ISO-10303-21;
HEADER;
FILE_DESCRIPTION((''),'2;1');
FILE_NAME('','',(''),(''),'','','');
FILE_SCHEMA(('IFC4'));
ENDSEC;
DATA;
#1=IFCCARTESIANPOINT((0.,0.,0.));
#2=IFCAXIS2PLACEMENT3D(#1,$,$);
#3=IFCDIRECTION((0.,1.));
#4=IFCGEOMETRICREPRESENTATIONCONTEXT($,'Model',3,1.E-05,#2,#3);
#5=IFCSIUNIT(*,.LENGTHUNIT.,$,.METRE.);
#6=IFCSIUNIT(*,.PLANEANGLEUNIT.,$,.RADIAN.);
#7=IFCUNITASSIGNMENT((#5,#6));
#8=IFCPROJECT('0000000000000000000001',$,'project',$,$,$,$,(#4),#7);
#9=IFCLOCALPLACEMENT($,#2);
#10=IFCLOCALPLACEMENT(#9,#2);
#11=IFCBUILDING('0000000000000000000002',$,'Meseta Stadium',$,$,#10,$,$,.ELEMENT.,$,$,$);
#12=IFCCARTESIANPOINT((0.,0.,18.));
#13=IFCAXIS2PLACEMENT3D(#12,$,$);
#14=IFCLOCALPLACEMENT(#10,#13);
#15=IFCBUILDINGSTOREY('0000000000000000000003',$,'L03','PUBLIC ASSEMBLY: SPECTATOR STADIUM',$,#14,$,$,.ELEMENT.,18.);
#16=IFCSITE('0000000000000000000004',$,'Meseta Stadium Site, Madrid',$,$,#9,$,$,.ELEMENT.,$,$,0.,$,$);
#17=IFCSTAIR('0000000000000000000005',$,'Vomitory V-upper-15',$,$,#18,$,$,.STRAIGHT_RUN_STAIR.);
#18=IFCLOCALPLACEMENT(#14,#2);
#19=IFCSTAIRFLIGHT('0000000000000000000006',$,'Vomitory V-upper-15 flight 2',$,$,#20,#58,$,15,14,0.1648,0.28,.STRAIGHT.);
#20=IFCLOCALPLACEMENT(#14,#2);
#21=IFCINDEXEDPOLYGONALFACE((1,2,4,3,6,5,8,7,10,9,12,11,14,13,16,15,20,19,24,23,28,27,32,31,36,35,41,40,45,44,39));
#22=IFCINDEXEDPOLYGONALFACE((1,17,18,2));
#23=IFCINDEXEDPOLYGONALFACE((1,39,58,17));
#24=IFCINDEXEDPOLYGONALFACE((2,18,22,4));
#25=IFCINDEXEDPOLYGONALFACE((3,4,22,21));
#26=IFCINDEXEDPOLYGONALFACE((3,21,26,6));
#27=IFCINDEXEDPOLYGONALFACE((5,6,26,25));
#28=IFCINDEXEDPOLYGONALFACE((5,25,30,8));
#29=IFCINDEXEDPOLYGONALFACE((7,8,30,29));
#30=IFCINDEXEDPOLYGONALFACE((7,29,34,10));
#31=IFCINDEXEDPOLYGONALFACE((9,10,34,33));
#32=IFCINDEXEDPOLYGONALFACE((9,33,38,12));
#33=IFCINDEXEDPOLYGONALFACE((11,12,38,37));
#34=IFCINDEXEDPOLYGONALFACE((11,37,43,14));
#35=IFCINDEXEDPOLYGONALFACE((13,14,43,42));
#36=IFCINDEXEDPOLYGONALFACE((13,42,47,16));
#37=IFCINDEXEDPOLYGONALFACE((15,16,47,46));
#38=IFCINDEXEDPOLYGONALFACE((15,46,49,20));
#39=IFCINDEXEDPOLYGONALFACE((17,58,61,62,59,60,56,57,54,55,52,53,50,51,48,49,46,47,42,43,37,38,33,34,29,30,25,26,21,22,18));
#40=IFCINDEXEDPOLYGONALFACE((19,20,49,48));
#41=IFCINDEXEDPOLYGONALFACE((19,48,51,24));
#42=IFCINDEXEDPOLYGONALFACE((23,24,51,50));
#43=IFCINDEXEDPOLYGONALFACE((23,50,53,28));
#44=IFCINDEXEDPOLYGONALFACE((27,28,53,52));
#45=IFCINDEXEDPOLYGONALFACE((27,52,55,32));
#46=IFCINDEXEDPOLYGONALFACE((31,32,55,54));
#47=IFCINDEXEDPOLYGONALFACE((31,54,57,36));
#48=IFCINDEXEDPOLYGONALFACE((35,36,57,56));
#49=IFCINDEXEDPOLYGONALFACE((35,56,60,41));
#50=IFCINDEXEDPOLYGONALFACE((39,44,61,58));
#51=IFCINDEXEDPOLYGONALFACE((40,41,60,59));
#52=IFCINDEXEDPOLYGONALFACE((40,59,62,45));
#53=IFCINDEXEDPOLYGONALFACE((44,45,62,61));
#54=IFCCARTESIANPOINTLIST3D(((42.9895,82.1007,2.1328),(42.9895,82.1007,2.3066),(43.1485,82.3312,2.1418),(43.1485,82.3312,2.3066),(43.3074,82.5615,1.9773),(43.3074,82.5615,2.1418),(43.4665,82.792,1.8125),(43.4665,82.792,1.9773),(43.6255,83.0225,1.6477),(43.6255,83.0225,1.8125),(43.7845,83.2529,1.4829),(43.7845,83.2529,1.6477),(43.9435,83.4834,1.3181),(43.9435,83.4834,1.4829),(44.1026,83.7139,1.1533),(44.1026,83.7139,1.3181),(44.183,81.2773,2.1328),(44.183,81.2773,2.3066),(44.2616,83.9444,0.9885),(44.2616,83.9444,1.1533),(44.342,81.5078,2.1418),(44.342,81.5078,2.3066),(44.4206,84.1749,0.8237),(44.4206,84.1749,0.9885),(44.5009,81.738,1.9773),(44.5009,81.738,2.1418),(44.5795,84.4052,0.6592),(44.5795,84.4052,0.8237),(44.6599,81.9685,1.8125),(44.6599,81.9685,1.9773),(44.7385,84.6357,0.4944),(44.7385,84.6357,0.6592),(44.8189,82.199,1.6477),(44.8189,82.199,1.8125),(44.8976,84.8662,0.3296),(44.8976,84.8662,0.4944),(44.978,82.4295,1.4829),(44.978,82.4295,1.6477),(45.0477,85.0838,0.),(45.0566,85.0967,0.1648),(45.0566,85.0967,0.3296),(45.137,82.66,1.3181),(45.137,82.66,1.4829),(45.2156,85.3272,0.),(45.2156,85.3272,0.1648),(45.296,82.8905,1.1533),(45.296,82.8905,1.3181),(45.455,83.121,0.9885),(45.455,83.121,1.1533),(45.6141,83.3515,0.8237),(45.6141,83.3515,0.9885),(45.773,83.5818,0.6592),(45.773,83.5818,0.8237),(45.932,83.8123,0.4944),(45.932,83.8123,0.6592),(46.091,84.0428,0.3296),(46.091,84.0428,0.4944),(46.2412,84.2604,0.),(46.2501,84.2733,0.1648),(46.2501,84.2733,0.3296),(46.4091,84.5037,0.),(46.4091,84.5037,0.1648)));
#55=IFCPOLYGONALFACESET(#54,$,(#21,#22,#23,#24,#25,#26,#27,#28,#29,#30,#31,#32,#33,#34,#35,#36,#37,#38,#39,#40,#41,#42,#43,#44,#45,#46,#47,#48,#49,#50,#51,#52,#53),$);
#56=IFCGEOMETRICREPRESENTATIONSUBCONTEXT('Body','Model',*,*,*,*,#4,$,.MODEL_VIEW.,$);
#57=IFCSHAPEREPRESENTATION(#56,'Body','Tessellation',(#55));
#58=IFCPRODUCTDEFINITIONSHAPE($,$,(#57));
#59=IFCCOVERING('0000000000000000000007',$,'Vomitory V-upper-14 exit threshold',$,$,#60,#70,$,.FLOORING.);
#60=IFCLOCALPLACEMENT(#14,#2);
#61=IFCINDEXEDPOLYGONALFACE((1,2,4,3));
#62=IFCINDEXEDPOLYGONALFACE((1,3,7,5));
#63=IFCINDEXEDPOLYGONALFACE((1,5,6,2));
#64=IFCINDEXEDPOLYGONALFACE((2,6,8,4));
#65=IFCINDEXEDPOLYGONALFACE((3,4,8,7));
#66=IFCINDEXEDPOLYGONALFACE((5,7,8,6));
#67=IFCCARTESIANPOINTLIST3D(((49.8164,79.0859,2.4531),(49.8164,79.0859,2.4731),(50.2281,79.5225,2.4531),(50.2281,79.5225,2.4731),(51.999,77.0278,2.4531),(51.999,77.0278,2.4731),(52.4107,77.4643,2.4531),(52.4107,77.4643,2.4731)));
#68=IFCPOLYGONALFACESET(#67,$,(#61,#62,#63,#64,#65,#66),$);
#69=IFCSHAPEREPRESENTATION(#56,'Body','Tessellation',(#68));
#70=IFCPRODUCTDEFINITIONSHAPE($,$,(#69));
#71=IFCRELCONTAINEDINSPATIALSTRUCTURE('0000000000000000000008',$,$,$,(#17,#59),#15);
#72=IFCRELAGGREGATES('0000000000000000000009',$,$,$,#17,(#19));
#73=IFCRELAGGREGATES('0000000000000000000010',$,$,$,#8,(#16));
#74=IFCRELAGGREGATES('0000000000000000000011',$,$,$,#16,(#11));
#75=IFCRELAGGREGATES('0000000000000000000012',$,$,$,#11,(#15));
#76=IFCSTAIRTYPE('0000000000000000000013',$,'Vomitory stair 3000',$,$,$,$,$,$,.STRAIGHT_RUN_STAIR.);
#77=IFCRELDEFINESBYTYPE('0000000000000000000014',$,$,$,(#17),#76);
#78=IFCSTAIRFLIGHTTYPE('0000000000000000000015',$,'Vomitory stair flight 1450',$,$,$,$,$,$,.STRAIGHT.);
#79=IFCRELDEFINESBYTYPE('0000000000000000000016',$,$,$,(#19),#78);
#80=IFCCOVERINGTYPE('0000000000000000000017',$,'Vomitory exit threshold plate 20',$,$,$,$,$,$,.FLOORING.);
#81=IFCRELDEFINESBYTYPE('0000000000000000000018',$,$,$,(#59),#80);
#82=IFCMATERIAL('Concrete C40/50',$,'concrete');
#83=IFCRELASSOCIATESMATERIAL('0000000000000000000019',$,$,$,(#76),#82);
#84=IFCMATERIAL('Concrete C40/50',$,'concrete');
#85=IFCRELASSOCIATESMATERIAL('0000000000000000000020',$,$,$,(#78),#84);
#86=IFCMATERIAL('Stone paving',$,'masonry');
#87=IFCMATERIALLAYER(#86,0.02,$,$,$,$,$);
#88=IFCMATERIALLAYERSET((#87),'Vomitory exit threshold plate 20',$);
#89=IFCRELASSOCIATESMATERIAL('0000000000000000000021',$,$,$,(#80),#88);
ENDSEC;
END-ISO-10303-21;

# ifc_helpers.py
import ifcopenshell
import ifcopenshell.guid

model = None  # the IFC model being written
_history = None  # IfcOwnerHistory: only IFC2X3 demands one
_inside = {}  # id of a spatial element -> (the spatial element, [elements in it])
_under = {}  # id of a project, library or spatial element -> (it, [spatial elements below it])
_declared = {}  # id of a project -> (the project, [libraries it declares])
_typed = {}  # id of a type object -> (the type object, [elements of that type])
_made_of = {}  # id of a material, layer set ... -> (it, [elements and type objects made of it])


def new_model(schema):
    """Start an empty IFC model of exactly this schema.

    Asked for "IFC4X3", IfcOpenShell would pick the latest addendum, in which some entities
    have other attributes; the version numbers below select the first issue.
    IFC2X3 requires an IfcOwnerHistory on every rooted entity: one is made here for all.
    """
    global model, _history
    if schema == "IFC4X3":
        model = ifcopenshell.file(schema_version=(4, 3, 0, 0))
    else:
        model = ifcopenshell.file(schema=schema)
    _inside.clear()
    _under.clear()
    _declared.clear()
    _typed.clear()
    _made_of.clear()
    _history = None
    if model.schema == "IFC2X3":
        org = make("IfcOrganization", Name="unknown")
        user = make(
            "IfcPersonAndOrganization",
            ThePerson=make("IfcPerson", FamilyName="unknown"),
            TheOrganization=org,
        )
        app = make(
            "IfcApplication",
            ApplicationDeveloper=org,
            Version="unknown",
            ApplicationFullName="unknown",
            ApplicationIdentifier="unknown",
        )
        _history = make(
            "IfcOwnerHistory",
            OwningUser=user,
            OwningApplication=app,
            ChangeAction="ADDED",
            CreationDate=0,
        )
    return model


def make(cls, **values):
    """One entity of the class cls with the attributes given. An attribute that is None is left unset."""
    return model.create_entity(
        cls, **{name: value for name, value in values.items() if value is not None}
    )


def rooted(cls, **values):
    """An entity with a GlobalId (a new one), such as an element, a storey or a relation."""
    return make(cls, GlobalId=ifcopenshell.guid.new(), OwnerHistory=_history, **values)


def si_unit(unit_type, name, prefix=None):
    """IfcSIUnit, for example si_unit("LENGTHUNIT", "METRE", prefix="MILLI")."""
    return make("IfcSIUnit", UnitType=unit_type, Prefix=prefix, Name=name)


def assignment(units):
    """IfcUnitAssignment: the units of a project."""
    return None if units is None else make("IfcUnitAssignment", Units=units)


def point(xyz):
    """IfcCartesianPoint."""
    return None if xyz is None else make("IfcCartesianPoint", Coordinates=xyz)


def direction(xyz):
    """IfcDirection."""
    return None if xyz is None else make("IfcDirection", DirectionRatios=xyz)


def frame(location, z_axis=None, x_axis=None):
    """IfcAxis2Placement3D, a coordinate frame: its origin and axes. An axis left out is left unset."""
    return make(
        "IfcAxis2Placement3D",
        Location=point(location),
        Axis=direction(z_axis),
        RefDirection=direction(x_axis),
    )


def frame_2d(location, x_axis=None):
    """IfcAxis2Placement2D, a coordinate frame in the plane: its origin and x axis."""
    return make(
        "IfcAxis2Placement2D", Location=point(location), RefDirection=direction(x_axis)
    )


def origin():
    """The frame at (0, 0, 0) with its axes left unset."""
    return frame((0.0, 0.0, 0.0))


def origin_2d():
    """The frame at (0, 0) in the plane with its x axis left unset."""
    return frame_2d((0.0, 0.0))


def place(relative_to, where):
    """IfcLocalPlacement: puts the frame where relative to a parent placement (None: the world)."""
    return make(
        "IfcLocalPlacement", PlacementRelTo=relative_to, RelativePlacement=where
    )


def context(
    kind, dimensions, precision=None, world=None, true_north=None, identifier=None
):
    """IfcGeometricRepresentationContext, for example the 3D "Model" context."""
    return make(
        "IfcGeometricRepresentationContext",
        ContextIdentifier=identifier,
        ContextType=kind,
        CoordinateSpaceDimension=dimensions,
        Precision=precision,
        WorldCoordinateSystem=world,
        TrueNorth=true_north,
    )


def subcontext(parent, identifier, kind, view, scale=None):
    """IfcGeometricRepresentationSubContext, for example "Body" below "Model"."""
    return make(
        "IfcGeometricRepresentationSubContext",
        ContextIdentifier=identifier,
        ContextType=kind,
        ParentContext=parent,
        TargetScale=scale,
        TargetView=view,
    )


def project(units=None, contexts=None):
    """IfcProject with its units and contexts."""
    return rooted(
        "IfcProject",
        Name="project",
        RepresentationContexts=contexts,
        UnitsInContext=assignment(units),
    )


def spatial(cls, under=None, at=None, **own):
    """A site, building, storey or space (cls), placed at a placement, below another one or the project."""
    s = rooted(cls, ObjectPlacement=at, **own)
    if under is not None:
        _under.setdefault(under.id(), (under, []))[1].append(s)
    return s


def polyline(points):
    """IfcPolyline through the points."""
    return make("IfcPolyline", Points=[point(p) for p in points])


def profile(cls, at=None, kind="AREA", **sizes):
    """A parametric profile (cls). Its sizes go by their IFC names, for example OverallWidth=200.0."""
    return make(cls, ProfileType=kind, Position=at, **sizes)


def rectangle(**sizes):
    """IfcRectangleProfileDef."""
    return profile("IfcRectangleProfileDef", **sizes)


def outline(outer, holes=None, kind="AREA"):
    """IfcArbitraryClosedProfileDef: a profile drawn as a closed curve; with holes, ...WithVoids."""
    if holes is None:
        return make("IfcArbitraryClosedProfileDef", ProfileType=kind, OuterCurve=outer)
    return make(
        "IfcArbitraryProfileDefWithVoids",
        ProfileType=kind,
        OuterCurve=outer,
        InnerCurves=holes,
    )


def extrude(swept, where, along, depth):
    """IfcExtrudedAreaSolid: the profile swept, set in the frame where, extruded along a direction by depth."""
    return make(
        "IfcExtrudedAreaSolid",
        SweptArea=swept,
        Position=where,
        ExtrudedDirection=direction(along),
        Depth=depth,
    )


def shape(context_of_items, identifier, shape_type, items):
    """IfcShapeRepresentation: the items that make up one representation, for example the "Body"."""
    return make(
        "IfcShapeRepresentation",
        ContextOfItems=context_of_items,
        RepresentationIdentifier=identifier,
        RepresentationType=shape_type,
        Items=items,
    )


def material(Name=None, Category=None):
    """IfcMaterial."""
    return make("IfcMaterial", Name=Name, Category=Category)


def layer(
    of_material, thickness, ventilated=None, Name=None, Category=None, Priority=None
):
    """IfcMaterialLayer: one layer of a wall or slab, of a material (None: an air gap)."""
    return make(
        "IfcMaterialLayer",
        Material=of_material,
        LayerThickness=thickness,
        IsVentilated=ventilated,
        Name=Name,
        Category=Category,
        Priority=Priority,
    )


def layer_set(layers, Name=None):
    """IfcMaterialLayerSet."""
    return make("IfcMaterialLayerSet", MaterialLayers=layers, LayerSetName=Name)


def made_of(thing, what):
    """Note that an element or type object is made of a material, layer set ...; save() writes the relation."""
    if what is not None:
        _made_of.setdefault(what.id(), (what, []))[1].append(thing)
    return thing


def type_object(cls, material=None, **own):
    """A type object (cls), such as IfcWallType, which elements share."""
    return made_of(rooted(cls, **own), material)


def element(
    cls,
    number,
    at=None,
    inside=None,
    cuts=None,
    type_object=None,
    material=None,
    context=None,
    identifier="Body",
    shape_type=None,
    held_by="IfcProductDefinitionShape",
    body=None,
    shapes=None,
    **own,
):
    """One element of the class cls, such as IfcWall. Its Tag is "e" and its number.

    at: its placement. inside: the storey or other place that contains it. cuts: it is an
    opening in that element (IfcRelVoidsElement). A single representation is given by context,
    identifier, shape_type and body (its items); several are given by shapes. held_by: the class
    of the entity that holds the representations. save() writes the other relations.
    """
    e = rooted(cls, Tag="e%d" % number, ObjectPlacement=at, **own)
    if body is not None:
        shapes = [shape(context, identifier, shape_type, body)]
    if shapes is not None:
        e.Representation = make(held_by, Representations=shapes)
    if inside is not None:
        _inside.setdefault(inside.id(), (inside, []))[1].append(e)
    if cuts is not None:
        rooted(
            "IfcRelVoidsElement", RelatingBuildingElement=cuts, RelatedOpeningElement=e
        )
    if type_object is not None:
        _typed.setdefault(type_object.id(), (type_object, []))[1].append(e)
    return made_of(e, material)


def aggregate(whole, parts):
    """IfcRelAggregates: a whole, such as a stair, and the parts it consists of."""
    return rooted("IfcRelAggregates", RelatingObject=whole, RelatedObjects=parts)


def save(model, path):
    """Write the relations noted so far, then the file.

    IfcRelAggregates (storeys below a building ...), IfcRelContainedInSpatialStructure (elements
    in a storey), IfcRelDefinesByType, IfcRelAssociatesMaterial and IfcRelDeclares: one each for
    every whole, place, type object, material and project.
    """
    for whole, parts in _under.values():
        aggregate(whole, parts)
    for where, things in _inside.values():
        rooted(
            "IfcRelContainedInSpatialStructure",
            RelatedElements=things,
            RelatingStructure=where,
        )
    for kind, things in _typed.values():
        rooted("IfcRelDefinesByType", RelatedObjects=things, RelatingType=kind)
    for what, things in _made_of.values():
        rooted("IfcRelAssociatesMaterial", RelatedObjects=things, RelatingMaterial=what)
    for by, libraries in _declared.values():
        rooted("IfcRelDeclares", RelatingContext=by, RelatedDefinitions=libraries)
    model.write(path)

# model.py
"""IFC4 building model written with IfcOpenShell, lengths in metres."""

from ifc_helpers import new_model, si_unit, direction, frame, origin, origin_2d, place, context, subcontext, project, spatial, polyline, rectangle, outline, extrude, material, layer, layer_set, type_object, element, aggregate, save


model = new_model("IFC4")

# Units and contexts
model_context = context("Model", 3, precision=1e-05, world=origin(), true_north=direction((0.0, 1.0)))
body_context = subcontext(model_context, "Body", "Model", "MODEL_VIEW")
ifc_project = project(units=[si_unit("LENGTHUNIT", "METRE"), si_unit("PLANEANGLEUNIT", "RADIAN")], contexts=[model_context])

# Site, building, storey
site_placement = place(None, origin())
site = spatial("IfcSite", under=ifc_project, at=site_placement, Name="Meseta Stadium Site, Madrid", CompositionType="ELEMENT", RefElevation=0.0)
building_placement = place(site_placement, origin())
building = spatial("IfcBuilding", under=site, at=building_placement, Name="Meseta Stadium", CompositionType="ELEMENT")
storey_placement = place(building_placement, frame((0.0, 0.0, 18.0)))
storey = spatial("IfcBuildingStorey", under=building, at=storey_placement, Name="L03", Description="PUBLIC ASSEMBLY: SPECTATOR STADIUM", CompositionType="ELEMENT", Elevation=18.0)

# Stair, stair flight
ifc_material_1 = material(Name="Concrete C40/50", Category="concrete")
stair_type = type_object("IfcStairType", Name="Vomitory stair 3000", PredefinedType="STRAIGHT_RUN_STAIR", material=ifc_material_1)
ifc_material_2 = material(Name="Concrete C40/50", Category="concrete")
stair_flight_type = type_object("IfcStairFlightType", Name="Vomitory stair flight 1450", PredefinedType="STRAIGHT", material=ifc_material_2)
stair_1_placement = place(storey_placement, origin())
stair_1 = element("IfcStair", 1, at=stair_1_placement, inside=storey, type_object=stair_type, Name="Vomitory V-upper-15", PredefinedType="STRAIGHT_RUN_STAIR")
stair_flight_1_placement = place(storey_placement, frame((45.8123, 84.9155, 0.0), z_axis=(0.0, 0.0, 1.0), x_axis=(-0.5679, -0.823098, 0.0)))
stair_flight_1 = element("IfcStairFlight", 2, at=stair_flight_1_placement, type_object=stair_flight_type, Name="Vomitory V-upper-15 flight 2", NumberOfRisers=15, NumberOfTreads=14, PredefinedType="STRAIGHT", RiserHeight=0.1648, TreadLength=0.28, context=body_context, shape_type="SweptSolid", body=[
    extrude(outline(polyline([(0.0, 0.0), (0.0, 0.1648), (0.28, 0.1648), (0.28, 0.3296), (0.5601, 0.3296), (0.5601, 0.4944), (0.8401, 0.4944), (0.8401, 0.6592), (1.1201, 0.6592), (1.1201, 0.8237), (1.3999, 0.8237), (1.3999, 0.9885), (1.6799, 0.9885), (1.6799, 1.1533), (1.96, 1.1533), (1.96, 1.3181), (2.24, 1.3181), (2.24, 1.4829), (2.52, 1.4829), (2.52, 1.6477), (2.8, 1.6477), (2.8, 1.8125), (3.0801, 1.8125), (3.0801, 1.9773), (3.3601, 1.9773), (3.3601, 2.1418), (3.6399, 2.1418), (3.6399, 2.3066), (3.9199, 2.3066), (3.9199, 2.1328), (0.2957, 0.0), (0.0, 0.0)])), frame((0.0, 0.7251, 0.0), z_axis=(0.0, -1.0, 0.0), x_axis=(1.0, 0.0, 0.0)), (0.0, 0.0, 1.0), 1.45),
])
aggregate(stair_1, [stair_flight_1])

# Covering
ifc_material_3 = material(Name="Stone paving", Category="masonry")
ifc_layer_1 = layer(ifc_material_3, 0.02)
ifc_layer_set_1 = layer_set([ifc_layer_1], Name="Vomitory exit threshold plate 20")
covering_type = type_object("IfcCoveringType", Name="Vomitory exit threshold plate 20", PredefinedType="FLOORING", material=ifc_layer_set_1)
covering_placement = place(storey_placement, frame((51.1135, 78.2751, 2.4531), z_axis=(0.0, 0.0, 1.0), x_axis=(-0.686065, -0.727541, 0.0)))
element("IfcCovering", 3, at=covering_placement, inside=storey, type_object=covering_type, Name="Vomitory V-upper-14 exit threshold", PredefinedType="FLOORING", context=body_context, shape_type="SweptSolid", body=[
    extrude(rectangle(XDim=0.6001, YDim=3.0, at=origin_2d()), origin(), (0.0, 0.0, 1.0), 0.02),
])

save(model, "model.ifc")
